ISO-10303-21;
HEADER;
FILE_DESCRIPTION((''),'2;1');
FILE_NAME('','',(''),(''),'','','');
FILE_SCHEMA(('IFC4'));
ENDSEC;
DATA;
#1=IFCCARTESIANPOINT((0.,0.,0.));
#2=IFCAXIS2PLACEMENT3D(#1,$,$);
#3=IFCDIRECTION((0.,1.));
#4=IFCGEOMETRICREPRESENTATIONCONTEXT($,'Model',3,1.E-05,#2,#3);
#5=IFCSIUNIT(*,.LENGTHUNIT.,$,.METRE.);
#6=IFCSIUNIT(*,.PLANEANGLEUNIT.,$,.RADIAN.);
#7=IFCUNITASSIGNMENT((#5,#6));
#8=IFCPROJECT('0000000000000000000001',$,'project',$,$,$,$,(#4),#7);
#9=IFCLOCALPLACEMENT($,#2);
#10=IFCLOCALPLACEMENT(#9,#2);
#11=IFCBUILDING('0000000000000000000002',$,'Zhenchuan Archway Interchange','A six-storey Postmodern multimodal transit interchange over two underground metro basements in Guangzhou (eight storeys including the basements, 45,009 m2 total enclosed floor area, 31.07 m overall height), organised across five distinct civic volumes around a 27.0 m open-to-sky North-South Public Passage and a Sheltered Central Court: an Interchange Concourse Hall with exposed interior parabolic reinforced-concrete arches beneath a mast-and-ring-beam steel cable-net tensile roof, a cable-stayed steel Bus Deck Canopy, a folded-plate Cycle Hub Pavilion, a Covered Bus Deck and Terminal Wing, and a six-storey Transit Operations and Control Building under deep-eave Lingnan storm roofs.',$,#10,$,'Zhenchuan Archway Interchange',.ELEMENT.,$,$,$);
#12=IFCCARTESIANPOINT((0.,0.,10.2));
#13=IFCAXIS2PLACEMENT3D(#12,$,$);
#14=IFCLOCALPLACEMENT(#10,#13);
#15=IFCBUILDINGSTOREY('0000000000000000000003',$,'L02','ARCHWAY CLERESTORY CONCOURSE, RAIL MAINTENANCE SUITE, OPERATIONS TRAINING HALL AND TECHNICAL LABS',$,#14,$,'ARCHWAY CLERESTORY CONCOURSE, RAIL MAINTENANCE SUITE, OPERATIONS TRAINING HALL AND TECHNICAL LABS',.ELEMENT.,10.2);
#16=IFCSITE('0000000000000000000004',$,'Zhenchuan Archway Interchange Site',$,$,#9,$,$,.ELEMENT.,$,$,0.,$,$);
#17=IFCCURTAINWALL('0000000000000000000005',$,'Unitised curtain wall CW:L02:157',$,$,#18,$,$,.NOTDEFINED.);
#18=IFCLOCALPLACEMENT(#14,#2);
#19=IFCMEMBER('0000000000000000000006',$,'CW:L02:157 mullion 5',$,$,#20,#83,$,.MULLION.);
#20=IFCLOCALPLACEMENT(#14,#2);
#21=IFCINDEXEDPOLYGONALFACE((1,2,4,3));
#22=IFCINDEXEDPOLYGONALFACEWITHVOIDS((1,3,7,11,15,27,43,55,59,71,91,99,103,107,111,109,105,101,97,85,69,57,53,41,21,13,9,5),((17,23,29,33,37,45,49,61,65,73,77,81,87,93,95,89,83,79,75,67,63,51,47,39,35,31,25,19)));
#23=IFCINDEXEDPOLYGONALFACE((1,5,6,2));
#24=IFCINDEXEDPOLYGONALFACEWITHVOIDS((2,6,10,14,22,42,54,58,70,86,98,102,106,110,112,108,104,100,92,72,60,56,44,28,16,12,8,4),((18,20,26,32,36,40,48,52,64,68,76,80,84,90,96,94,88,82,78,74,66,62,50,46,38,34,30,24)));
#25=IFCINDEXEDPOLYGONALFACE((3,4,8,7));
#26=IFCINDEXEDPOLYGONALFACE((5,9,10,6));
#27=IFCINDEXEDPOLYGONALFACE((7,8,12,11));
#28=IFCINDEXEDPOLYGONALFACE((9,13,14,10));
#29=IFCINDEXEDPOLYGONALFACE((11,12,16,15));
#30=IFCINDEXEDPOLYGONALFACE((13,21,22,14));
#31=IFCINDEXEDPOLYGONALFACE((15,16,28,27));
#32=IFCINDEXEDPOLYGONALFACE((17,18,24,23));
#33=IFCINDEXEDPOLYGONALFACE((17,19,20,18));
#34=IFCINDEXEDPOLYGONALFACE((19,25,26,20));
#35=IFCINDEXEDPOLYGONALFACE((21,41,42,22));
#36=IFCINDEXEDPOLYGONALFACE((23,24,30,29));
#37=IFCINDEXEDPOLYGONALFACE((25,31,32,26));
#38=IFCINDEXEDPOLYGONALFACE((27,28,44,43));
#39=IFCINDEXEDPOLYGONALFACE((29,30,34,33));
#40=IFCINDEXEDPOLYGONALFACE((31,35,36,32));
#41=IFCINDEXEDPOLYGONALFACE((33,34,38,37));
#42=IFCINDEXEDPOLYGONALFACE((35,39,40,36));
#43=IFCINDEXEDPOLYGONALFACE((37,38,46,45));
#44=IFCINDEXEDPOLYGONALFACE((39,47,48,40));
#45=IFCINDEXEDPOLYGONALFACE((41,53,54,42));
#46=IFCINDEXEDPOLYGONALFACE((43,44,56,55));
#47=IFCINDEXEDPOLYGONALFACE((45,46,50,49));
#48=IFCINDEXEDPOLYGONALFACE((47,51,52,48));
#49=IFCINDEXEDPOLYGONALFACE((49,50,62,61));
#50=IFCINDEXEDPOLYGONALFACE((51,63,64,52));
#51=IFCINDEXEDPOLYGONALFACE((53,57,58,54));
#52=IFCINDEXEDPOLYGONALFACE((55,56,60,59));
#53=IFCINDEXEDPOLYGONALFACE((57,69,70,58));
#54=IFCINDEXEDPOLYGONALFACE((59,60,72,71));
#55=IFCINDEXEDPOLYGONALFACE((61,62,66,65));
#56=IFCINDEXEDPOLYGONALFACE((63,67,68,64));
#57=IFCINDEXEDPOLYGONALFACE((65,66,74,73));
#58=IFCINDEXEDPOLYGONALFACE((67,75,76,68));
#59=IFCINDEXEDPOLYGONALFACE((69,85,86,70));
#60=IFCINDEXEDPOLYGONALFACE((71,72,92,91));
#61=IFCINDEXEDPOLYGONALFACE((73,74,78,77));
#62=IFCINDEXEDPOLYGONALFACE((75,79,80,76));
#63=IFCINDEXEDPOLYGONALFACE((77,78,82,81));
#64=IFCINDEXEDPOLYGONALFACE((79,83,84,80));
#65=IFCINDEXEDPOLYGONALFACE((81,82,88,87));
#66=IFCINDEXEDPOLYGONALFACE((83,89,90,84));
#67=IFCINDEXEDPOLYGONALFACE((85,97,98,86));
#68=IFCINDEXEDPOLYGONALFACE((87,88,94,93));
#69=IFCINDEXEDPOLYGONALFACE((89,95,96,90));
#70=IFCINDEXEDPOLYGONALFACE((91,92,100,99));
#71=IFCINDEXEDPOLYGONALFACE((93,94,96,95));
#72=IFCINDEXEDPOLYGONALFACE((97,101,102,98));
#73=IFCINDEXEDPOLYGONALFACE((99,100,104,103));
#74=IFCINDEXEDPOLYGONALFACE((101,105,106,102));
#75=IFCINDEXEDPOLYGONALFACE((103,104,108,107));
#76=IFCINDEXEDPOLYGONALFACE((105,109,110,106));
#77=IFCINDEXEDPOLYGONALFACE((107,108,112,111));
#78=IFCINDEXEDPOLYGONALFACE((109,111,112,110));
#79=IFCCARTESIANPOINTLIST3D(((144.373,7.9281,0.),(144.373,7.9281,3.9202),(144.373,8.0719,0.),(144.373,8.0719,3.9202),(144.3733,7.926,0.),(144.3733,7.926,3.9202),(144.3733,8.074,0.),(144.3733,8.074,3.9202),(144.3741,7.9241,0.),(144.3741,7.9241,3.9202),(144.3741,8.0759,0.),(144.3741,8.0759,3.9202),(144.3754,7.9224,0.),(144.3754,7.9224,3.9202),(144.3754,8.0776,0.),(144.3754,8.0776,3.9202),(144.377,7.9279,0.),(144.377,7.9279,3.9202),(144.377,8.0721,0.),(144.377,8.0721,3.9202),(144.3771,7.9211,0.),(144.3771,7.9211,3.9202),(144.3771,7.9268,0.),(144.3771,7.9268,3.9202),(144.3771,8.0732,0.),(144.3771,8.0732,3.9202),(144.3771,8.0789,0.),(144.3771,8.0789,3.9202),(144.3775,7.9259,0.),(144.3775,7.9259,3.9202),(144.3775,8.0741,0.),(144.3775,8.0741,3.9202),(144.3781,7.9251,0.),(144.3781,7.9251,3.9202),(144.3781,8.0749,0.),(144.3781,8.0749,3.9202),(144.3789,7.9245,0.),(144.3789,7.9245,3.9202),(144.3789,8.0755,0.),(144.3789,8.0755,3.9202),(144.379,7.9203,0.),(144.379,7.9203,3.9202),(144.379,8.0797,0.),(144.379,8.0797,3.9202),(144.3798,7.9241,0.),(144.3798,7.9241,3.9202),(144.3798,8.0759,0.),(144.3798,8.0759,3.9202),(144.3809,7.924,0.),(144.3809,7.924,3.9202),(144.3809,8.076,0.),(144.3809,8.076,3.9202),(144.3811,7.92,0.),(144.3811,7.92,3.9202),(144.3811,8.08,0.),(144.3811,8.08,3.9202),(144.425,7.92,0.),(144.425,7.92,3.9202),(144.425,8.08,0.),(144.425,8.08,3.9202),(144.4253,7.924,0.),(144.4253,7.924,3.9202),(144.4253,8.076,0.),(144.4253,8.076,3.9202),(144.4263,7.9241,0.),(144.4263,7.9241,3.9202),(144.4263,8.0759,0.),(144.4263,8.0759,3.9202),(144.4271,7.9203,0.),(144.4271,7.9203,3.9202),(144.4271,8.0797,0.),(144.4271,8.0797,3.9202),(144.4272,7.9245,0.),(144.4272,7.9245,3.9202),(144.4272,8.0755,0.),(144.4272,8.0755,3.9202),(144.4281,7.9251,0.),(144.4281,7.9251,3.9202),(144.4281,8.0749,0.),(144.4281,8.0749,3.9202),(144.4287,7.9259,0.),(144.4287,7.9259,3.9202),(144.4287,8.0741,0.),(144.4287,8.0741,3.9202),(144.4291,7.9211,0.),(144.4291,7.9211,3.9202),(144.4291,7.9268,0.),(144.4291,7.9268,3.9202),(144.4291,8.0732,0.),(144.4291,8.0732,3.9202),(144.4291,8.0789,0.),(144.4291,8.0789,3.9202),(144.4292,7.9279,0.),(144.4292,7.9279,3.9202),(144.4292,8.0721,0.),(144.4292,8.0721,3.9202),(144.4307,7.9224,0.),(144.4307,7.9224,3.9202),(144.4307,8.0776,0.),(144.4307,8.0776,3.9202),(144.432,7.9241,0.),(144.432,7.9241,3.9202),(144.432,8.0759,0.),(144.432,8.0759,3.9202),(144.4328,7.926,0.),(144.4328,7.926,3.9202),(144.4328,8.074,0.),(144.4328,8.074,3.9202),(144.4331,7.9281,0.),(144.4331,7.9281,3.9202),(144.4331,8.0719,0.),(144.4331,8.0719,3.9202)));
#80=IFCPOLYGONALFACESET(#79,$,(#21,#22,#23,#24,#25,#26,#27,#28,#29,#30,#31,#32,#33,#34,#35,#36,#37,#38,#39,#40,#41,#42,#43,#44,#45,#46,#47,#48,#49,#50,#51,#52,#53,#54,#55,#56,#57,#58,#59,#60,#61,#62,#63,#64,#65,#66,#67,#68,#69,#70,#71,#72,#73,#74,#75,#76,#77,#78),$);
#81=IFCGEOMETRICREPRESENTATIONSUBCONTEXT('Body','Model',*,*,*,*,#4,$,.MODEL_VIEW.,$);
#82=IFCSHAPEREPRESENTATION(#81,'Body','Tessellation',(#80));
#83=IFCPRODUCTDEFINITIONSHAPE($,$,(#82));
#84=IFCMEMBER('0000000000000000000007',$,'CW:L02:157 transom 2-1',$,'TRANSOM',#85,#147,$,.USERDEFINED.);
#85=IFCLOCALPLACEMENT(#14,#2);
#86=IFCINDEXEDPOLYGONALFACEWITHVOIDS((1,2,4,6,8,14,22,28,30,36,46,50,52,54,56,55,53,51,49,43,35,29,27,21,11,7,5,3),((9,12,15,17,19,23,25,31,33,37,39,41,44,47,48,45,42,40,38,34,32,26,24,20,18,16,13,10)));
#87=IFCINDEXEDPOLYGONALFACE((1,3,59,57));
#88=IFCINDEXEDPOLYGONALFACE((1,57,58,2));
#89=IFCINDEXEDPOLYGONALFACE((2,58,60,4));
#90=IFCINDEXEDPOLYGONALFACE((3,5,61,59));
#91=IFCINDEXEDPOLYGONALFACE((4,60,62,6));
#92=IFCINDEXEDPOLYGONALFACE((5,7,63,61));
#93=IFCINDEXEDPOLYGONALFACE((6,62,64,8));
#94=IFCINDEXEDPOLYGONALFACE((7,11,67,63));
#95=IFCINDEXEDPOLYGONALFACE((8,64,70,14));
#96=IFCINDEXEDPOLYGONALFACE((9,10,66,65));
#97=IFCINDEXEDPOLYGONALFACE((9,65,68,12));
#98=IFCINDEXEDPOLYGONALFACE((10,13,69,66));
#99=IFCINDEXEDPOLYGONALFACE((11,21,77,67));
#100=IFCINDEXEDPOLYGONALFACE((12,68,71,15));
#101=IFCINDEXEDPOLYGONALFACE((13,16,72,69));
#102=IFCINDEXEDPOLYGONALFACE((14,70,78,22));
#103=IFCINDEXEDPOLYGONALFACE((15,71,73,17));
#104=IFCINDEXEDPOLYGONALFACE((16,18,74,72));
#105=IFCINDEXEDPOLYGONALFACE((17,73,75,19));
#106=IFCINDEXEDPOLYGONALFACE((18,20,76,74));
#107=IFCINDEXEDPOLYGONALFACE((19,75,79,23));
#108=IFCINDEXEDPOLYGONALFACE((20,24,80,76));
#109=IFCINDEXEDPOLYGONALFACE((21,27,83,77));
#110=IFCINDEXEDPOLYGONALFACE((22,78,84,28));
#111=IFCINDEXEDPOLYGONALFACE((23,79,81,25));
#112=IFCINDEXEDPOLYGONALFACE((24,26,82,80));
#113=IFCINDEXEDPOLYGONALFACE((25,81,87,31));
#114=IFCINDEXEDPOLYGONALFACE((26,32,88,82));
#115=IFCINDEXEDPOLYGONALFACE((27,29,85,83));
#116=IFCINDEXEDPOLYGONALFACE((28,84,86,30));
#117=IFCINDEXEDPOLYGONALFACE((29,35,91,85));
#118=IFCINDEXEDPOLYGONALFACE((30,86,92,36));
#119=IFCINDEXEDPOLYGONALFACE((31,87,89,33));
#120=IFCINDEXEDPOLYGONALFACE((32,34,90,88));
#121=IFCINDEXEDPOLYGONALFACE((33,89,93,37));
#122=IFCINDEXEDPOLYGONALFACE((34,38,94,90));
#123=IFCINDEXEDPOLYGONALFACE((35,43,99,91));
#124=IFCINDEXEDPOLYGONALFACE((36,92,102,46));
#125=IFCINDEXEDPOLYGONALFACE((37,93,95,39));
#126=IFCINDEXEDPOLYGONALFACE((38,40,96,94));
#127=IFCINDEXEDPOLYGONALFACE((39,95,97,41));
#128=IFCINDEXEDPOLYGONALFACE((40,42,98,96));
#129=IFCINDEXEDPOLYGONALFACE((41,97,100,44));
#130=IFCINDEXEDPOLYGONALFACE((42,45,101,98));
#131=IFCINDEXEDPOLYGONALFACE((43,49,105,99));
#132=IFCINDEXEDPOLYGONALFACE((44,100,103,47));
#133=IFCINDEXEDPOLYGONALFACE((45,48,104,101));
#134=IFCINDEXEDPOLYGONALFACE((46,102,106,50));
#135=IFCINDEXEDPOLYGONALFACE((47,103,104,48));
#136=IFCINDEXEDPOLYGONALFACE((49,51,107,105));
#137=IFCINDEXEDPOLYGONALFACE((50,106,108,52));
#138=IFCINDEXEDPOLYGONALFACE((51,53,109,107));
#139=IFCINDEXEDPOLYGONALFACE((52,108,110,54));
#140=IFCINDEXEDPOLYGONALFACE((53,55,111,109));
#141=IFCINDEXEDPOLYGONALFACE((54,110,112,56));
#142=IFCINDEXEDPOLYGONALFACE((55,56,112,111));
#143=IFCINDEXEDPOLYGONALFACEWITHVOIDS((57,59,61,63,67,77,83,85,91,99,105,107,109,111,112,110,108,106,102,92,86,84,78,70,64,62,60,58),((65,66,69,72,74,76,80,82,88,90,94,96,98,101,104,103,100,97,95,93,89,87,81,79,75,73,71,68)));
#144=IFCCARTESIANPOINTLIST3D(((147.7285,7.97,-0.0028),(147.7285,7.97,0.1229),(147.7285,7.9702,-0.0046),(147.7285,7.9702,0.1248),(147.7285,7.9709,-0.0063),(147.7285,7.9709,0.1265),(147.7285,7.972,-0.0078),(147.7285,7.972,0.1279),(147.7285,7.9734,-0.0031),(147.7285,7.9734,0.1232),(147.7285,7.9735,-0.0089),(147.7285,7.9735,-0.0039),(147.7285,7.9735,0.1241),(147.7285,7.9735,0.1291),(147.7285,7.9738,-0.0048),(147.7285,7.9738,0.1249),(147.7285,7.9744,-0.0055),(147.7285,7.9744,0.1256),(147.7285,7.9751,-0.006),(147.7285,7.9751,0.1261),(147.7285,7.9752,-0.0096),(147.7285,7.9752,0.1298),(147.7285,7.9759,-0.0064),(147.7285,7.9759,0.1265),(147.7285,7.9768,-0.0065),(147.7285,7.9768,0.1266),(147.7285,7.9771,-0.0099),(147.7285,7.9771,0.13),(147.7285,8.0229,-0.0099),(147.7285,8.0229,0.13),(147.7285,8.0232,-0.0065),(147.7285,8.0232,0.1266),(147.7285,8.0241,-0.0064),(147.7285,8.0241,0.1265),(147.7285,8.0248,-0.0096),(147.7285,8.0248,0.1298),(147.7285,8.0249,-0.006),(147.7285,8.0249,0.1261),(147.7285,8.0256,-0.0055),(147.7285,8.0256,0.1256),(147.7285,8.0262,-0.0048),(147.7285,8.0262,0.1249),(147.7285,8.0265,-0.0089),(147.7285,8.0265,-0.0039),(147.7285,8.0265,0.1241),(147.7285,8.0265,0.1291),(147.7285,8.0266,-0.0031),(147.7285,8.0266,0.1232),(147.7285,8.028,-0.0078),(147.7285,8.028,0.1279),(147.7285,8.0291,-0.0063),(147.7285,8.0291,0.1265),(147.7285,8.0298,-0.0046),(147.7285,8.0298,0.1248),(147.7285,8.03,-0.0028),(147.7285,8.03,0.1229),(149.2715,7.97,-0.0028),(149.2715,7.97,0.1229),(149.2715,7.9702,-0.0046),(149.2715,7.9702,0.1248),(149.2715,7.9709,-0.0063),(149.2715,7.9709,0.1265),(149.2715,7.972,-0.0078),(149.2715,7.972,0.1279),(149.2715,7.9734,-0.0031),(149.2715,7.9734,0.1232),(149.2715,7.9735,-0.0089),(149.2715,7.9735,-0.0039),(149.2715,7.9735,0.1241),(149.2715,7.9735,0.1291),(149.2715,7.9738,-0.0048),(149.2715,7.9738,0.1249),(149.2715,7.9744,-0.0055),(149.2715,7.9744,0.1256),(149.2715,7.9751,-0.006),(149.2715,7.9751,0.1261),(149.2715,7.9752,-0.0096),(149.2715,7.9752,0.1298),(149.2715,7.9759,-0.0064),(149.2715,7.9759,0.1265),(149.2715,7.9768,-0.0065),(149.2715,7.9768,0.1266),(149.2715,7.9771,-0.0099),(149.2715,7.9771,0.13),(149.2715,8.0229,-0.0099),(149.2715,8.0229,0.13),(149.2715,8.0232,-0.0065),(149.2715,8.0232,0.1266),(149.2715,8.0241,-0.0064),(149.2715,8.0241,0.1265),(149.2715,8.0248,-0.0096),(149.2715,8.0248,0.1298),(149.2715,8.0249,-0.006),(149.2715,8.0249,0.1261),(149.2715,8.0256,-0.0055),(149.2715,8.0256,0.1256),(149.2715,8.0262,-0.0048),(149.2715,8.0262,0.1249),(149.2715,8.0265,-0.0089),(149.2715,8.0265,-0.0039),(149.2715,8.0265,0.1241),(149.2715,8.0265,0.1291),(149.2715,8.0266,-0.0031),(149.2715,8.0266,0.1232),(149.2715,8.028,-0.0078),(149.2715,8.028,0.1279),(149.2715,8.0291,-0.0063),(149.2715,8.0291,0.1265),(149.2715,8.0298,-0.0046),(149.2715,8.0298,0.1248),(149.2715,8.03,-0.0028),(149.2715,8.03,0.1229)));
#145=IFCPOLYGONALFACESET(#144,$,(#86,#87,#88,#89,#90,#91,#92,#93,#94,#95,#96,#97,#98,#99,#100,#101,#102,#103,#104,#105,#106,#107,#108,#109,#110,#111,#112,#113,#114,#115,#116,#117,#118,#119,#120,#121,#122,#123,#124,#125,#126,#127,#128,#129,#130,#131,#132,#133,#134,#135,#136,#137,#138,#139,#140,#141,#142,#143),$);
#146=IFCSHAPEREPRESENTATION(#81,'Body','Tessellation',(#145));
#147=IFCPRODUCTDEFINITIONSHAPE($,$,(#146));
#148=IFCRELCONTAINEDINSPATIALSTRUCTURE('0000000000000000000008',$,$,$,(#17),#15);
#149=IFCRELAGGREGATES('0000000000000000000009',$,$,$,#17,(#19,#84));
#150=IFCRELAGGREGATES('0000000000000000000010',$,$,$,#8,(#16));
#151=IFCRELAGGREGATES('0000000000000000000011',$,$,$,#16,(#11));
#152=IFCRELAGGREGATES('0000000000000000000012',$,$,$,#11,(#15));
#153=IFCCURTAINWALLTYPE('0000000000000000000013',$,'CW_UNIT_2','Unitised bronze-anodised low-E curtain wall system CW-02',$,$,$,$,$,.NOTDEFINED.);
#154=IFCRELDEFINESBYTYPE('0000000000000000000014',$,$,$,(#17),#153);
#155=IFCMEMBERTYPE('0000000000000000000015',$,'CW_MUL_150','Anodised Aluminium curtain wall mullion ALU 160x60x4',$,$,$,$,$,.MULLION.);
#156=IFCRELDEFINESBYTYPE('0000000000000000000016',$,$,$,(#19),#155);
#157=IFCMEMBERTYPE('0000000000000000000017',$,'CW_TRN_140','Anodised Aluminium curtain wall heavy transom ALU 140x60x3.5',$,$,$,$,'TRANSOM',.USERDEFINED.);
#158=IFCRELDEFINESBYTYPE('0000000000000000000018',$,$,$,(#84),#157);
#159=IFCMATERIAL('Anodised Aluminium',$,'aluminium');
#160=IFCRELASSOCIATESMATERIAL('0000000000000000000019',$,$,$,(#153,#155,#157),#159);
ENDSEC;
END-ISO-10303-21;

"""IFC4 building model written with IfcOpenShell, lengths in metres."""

from ifc_helpers import new_model, si_unit, direction, frame, origin, origin_2d, place, context, subcontext, project, spatial, hollow_rectangle, extrude, material, material_profile, profile_set, type_object, element, aggregate, save


model = new_model("IFC4")

# Units and contexts
model_context = context("Model", 3, precision=1e-05, world=origin(), true_north=direction((0.0, 1.0)))
body_context = subcontext(model_context, "Body", "Model", "MODEL_VIEW")
ifc_project = project(units=[si_unit("LENGTHUNIT", "METRE"), si_unit("PLANEANGLEUNIT", "RADIAN")], contexts=[model_context])

# Site, building, storey
site_placement = place(None, origin())
site = spatial("IfcSite", under=ifc_project, at=site_placement, Name="Zhenchuan Archway Interchange Site", CompositionType="ELEMENT", RefElevation=0.0)
building_placement = place(site_placement, origin())
building = spatial("IfcBuilding", under=site, at=building_placement, Name="Zhenchuan Archway Interchange", Description="A six-storey Postmodern multimodal transit interchange over two underground metro basements in Guangzhou (eight storeys including the basements, 45,009 m2 total enclosed floor area, 31.07 m overall height), organised across five distinct civic volumes around a 27.0 m open-to-sky North-South Public Passage and a Sheltered Central Court: an Interchange Concourse Hall with exposed interior parabolic reinforced-concrete arches beneath a mast-and-ring-beam steel cable-net tensile roof, a cable-stayed steel Bus Deck Canopy, a folded-plate Cycle Hub Pavilion, a Covered Bus Deck and Terminal Wing, and a six-storey Transit Operations and Control Building under deep-eave Lingnan storm roofs.", LongName="Zhenchuan Archway Interchange", CompositionType="ELEMENT")
storey_placement = place(building_placement, frame((0.0, 0.0, 10.2)))
storey = spatial("IfcBuildingStorey", under=building, at=storey_placement, Name="L02", Description="ARCHWAY CLERESTORY CONCOURSE, RAIL MAINTENANCE SUITE, OPERATIONS TRAINING HALL AND TECHNICAL LABS", LongName="ARCHWAY CLERESTORY CONCOURSE, RAIL MAINTENANCE SUITE, OPERATIONS TRAINING HALL AND TECHNICAL LABS", CompositionType="ELEMENT", Elevation=10.2)

# Curtain wall, members
ifc_material_1 = material(Name="Anodised Aluminium", Category="aluminium")
curtain_wall_type = type_object("IfcCurtainWallType", Name="CW_UNIT_2", Description="Unitised bronze-anodised low-E curtain wall system CW-02", PredefinedType="NOTDEFINED", material=ifc_material_1)
curtain_wall_placement = place(storey_placement, origin())
curtain_wall = element("IfcCurtainWall", 1, at=curtain_wall_placement, inside=storey, type_object=curtain_wall_type, Name="Unitised curtain wall CW:L02:157", PredefinedType="NOTDEFINED")
ifc_material_profile_1 = material_profile(ifc_material_1, hollow_rectangle(XDim=0.0601, YDim=0.1599, WallThickness=0.0039, InnerFilletRadius=0.0039, OuterFilletRadius=0.0081, at=origin_2d()), Name="ALU 160x60x4")
ifc_profile_set_1 = profile_set([ifc_material_profile_1], Name="Anodised Aluminium")
member_type_1 = type_object("IfcMemberType", Name="CW_MUL_150", Description="Anodised Aluminium curtain wall mullion ALU 160x60x4", PredefinedType="MULLION", material=ifc_profile_set_1)
member_1_placement = place(storey_placement, frame((144.4031, 8.0, 0.0), z_axis=(0.0, 0.0, 1.0), x_axis=(1.0, 0.0, 0.0)))
member_1 = element("IfcMember", 2, at=member_1_placement, type_object=member_type_1, Name="CW:L02:157 mullion 5", PredefinedType="MULLION", context=body_context, shape_type="SweptSolid", body=[
    extrude(hollow_rectangle(XDim=0.0601, YDim=0.1599, WallThickness=0.0039, InnerFilletRadius=0.0039, OuterFilletRadius=0.0081, at=origin_2d()), origin(), (0.0, 0.0, 1.0), 3.9202),
])
ifc_material_profile_2 = material_profile(ifc_material_1, hollow_rectangle(XDim=0.0601, YDim=0.1399, WallThickness=0.0034, InnerFilletRadius=0.0034, OuterFilletRadius=0.0071, at=origin_2d()), Name="ALU 140x60x3.5")
ifc_profile_set_2 = profile_set([ifc_material_profile_2], Name="Anodised Aluminium")
member_type_2 = type_object("IfcMemberType", Name="CW_TRN_140", Description="Anodised Aluminium curtain wall heavy transom ALU 140x60x3.5", ElementType="TRANSOM", PredefinedType="USERDEFINED", material=ifc_profile_set_2)
member_2_placement = place(storey_placement, frame((149.2715, 8.0, 0.0601), z_axis=(-1.0, 0.0, 0.0), x_axis=(0.0, -1.0, 0.0)))
member_2 = element("IfcMember", 3, at=member_2_placement, type_object=member_type_2, Name="CW:L02:157 transom 2-1", ObjectType="TRANSOM", PredefinedType="USERDEFINED", context=body_context, shape_type="SweptSolid", body=[
    extrude(hollow_rectangle(XDim=0.0601, YDim=0.1399, WallThickness=0.0034, InnerFilletRadius=0.0034, OuterFilletRadius=0.0071, at=origin_2d()), origin(), (0.0, 0.0, 1.0), 1.543),
])

aggregate(curtain_wall, [member_1, member_2])

save(model, "model.ifc")
